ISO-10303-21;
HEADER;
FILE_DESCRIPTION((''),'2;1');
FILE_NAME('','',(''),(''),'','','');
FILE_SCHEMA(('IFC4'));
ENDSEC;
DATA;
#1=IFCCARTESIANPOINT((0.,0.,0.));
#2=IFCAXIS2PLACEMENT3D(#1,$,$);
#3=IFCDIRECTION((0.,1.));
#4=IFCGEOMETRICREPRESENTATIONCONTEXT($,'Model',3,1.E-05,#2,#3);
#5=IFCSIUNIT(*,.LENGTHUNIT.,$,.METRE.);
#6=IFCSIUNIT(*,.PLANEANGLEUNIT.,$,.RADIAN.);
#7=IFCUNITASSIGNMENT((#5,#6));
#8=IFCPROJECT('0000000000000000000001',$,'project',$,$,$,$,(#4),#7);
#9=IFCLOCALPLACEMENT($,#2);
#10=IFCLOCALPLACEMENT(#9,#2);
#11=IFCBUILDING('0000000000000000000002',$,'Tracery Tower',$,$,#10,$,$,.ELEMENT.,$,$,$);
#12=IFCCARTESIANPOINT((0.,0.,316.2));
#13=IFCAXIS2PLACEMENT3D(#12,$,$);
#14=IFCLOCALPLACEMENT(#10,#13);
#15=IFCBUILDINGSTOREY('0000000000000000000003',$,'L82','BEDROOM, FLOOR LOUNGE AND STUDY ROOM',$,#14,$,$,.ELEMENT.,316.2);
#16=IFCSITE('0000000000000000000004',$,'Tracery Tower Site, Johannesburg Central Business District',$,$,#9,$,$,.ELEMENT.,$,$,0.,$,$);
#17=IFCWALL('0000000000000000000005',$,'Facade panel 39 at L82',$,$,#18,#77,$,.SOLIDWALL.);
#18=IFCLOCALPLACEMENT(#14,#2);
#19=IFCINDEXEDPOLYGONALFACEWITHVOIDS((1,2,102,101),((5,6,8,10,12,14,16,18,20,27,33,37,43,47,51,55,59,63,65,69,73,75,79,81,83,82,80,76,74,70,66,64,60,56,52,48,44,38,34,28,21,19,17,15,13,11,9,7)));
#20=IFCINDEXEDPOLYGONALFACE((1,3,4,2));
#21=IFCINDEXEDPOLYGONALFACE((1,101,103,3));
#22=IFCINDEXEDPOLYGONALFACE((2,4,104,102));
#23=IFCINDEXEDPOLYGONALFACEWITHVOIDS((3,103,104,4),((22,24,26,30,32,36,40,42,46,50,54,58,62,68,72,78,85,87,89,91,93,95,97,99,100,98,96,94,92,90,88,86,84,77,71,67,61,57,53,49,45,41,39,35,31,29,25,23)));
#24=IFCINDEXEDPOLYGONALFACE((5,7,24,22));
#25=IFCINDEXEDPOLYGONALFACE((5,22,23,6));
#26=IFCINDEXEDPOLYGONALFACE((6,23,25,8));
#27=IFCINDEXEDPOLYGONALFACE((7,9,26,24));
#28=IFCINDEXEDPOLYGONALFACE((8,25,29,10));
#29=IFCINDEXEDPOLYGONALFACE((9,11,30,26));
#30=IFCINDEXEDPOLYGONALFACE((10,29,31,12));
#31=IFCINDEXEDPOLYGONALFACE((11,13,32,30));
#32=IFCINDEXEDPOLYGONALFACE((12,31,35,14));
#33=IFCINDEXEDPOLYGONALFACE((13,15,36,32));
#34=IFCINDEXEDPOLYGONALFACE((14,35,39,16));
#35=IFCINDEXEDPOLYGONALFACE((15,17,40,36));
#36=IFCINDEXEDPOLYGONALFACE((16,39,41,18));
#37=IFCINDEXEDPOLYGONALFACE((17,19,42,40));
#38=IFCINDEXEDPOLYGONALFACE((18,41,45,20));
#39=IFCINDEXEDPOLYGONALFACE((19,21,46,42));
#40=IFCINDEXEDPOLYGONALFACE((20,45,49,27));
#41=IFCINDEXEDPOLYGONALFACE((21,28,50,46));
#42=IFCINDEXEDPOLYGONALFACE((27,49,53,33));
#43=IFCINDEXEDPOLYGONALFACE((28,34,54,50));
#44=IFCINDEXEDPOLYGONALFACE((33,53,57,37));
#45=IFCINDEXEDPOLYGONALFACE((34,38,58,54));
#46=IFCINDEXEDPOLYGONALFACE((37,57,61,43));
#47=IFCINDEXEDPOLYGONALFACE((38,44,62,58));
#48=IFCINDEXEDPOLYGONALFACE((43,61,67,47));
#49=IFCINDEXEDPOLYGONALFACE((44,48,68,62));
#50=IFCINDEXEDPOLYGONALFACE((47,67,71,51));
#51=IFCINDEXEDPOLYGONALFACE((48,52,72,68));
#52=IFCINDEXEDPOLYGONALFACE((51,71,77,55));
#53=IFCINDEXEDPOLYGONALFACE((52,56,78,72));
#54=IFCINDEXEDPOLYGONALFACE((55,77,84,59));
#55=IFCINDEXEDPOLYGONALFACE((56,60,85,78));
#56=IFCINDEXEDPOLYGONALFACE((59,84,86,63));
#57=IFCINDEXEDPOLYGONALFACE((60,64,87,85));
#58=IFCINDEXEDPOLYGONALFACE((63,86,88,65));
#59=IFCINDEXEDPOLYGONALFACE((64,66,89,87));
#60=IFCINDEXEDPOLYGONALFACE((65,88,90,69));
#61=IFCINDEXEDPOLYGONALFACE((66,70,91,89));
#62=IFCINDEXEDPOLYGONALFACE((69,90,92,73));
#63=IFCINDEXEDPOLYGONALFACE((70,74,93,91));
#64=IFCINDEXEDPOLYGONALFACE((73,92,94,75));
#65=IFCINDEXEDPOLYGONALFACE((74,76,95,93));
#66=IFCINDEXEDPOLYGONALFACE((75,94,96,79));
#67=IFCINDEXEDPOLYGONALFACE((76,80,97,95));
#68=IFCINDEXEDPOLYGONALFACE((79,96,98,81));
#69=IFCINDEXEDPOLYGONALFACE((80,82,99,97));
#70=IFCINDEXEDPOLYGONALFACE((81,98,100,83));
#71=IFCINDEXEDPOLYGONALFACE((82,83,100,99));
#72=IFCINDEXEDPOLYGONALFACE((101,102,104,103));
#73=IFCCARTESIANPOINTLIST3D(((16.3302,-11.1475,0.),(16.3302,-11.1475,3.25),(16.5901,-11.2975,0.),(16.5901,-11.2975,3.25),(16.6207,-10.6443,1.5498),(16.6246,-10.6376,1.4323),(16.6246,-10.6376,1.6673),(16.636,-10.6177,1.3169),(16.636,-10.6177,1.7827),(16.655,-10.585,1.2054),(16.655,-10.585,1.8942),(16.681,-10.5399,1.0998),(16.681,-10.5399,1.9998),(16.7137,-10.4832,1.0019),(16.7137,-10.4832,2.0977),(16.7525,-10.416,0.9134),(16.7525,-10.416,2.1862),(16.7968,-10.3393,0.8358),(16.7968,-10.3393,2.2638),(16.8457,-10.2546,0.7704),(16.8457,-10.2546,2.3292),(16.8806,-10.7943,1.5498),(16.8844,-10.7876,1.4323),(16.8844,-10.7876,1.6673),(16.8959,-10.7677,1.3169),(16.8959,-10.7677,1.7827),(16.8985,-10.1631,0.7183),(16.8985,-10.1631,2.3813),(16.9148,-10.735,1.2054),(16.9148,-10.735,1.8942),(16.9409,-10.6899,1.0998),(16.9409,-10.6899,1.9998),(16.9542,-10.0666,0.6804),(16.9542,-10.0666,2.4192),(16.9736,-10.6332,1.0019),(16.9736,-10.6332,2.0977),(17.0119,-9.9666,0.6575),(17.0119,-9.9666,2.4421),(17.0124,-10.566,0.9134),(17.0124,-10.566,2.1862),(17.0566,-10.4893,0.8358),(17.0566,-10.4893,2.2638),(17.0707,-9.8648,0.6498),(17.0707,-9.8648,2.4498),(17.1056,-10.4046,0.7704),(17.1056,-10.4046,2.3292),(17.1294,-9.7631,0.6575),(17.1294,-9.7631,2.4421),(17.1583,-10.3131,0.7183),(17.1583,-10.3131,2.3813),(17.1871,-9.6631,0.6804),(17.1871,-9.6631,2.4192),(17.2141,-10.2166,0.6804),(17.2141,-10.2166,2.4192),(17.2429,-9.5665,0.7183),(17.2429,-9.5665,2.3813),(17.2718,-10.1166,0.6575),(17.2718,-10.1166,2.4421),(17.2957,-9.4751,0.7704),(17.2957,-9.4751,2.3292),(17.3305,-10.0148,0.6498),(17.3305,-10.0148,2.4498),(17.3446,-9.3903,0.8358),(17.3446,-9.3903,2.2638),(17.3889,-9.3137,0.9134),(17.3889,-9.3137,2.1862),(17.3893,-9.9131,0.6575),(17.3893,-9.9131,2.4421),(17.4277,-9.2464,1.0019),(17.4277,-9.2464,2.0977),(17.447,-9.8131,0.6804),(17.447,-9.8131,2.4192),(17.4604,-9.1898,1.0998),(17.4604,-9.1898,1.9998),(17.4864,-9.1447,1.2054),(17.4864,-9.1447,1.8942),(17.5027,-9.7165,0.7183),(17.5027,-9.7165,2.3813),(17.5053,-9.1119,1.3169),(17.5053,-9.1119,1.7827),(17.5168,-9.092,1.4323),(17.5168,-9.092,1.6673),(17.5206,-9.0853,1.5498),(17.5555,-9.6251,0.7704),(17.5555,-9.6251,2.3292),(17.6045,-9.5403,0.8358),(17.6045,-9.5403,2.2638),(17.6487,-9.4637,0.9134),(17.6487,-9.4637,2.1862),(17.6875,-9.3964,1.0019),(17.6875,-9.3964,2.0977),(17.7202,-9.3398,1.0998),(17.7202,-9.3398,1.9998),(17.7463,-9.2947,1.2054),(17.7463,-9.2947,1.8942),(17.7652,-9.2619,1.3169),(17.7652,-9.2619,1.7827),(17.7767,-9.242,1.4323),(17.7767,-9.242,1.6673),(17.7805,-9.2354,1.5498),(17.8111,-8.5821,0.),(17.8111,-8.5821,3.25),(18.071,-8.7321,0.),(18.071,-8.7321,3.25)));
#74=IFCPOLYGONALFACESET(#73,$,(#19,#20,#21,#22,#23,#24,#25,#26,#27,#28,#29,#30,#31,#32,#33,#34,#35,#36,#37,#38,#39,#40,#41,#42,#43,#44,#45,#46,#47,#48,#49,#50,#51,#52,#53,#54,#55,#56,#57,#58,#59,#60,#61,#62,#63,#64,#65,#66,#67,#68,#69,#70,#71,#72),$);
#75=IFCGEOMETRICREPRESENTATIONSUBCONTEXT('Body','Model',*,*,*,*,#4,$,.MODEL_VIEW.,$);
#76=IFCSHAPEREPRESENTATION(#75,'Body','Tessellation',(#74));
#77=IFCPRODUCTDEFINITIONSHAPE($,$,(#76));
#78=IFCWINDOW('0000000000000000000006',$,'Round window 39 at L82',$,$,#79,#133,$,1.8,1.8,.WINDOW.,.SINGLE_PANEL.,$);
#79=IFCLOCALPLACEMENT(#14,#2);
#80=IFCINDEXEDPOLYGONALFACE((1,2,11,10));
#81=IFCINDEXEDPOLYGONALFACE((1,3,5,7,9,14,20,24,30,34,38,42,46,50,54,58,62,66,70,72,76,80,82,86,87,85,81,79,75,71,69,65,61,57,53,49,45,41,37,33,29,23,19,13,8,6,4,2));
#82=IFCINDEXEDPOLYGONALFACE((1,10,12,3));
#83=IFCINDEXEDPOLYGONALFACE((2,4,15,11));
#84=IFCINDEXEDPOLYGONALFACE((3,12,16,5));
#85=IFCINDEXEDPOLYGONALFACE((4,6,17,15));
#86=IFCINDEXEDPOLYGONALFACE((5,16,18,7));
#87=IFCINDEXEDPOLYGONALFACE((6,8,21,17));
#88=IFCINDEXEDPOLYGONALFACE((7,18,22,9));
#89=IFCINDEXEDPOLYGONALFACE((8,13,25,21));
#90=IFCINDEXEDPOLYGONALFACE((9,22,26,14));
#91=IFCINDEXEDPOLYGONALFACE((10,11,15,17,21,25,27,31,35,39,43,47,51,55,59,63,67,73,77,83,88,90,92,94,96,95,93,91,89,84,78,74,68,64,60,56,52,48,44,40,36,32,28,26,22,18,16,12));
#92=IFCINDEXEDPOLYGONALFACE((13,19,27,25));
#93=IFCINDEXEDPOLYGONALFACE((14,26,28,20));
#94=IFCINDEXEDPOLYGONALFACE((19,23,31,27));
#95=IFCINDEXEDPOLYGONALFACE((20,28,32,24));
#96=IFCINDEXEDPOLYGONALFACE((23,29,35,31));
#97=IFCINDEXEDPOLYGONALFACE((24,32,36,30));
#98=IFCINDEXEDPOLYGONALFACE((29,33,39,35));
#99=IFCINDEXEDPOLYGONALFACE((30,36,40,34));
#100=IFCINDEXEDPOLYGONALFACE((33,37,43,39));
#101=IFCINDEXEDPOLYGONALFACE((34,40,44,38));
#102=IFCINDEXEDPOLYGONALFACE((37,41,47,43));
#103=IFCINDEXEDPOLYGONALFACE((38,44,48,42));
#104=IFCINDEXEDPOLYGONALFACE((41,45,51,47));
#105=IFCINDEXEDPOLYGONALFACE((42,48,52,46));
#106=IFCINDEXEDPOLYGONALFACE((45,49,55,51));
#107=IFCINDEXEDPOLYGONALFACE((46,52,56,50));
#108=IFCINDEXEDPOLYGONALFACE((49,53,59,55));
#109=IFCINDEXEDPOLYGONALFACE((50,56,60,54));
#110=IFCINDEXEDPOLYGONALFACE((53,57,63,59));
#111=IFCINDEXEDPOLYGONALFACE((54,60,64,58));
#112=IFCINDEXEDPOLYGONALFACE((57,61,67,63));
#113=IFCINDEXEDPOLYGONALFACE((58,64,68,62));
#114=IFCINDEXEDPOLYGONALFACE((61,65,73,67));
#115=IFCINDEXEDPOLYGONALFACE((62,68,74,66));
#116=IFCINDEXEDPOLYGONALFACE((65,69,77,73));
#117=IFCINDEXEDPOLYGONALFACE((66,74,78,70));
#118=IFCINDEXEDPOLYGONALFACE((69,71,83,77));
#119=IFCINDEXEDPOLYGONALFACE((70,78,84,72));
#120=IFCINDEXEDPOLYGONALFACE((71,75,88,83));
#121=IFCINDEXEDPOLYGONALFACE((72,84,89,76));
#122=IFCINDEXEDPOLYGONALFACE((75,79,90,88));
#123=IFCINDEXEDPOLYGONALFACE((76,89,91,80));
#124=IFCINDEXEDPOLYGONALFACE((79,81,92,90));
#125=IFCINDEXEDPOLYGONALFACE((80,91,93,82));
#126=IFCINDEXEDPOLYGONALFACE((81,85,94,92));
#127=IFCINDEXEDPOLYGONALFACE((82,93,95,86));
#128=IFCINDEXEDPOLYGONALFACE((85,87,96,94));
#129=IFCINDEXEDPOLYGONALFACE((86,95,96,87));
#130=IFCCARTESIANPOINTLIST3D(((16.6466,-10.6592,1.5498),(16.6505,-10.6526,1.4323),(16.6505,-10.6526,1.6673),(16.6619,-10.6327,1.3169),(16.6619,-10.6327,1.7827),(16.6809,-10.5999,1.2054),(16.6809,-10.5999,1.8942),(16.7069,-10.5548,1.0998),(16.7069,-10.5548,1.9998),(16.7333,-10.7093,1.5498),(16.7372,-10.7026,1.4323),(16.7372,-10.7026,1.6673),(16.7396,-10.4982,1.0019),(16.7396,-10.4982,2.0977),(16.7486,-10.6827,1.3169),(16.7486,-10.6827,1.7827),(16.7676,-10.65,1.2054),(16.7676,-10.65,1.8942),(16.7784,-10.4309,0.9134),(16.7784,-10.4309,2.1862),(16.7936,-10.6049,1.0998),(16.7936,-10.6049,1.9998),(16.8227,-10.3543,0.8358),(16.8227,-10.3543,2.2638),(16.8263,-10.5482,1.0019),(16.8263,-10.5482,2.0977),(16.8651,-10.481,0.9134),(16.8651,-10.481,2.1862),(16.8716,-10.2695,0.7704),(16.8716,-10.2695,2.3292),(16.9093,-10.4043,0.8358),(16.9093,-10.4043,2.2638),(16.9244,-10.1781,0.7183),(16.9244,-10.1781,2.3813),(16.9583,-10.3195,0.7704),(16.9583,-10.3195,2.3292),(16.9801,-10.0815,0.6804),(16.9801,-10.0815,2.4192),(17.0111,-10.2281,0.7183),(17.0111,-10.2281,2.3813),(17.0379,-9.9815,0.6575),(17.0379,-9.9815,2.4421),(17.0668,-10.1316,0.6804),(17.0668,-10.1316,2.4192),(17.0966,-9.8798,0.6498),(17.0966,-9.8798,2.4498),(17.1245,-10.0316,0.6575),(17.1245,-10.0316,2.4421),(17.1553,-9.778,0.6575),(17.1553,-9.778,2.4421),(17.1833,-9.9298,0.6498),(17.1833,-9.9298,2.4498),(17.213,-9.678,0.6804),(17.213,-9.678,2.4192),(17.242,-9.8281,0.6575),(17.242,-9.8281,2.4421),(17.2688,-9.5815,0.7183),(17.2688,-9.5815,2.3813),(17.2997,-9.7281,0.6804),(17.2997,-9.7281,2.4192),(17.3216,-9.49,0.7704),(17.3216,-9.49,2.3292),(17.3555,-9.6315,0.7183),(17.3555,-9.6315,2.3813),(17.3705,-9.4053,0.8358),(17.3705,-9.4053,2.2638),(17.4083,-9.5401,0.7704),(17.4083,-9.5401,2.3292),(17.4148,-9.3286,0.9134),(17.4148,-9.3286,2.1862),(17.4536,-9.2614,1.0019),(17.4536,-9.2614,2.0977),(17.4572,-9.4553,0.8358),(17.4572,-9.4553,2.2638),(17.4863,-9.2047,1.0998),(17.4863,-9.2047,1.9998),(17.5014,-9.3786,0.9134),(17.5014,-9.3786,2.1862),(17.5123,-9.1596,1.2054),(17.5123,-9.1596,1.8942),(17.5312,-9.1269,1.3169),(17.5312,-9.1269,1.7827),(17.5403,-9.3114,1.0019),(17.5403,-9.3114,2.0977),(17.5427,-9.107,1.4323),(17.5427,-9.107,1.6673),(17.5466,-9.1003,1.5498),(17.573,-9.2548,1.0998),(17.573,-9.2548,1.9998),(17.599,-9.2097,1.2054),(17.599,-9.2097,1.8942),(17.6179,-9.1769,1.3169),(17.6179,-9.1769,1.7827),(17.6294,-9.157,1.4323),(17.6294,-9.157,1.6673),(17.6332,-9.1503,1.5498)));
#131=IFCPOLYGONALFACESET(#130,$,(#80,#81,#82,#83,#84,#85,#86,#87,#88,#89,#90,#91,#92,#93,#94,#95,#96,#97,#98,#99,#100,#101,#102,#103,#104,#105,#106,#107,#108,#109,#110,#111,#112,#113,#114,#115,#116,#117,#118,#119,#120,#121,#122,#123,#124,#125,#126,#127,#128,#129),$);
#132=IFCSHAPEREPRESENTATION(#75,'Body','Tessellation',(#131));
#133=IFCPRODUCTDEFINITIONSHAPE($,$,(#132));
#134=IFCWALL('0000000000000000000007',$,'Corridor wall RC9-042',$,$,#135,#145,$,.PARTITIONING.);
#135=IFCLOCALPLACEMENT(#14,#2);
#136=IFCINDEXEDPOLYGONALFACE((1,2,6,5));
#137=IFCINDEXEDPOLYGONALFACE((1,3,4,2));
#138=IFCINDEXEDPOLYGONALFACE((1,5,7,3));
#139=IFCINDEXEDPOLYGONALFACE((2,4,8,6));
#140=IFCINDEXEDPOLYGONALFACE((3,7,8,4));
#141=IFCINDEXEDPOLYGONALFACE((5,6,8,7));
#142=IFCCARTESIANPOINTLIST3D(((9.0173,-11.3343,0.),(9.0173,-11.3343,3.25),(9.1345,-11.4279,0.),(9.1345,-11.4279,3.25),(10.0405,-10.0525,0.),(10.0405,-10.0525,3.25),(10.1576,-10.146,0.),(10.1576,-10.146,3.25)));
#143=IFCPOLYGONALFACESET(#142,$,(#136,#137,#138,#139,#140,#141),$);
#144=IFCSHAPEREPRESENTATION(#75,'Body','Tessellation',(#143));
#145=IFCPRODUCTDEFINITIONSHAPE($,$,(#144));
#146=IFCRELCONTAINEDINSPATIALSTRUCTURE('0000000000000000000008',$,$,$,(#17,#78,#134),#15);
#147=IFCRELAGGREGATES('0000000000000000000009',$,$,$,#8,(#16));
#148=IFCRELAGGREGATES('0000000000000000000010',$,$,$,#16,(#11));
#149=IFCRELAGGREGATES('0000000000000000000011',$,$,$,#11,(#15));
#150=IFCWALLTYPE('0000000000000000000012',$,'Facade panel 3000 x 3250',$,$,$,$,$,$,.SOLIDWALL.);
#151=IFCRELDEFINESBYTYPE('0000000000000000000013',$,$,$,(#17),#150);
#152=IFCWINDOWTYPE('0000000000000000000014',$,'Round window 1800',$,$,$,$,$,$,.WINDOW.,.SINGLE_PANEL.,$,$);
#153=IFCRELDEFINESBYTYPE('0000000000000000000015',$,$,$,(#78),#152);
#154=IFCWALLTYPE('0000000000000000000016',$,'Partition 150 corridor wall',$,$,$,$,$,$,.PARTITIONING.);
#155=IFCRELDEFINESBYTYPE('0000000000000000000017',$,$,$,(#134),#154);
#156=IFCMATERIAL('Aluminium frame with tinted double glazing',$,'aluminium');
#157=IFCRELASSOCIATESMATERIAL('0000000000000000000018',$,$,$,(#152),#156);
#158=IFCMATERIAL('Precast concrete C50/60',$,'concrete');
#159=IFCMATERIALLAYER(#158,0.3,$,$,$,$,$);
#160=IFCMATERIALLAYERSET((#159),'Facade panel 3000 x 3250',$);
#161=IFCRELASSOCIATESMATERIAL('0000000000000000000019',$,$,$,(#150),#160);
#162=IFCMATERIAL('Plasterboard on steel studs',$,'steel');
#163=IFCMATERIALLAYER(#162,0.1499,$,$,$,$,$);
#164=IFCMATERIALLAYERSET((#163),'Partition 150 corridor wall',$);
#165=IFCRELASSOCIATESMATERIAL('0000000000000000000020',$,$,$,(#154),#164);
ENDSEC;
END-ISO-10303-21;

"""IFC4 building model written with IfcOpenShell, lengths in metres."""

from ifc_helpers import new_model, si_unit, direction, frame, frame_2d, origin, origin_2d, place, context, subcontext, project, spatial, rectangle, circle, extrude, material, layer, layer_set, type_object, element, fill, save


model = new_model("IFC4")

# Units and contexts
model_context = context("Model", 3, precision=1e-05, world=origin(), true_north=direction((0.0, 1.0)))
body_context = subcontext(model_context, "Body", "Model", "MODEL_VIEW")
ifc_project = project(units=[si_unit("LENGTHUNIT", "METRE"), si_unit("PLANEANGLEUNIT", "RADIAN")], contexts=[model_context])

# Site, building, storey
site_placement = place(None, origin())
site = spatial("IfcSite", under=ifc_project, at=site_placement, Name="Tracery Tower Site, Johannesburg Central Business District", CompositionType="ELEMENT", RefElevation=0.0)
building_placement = place(site_placement, origin())
building = spatial("IfcBuilding", under=site, at=building_placement, Name="Tracery Tower", CompositionType="ELEMENT")
storey_placement = place(building_placement, frame((0.0, 0.0, 316.2)))
storey = spatial("IfcBuildingStorey", under=building, at=storey_placement, Name="L82", Description="BEDROOM, FLOOR LOUNGE AND STUDY ROOM", CompositionType="ELEMENT", Elevation=316.2)

# Wall, opening, window
ifc_material_1 = material(Name="Aluminium frame with tinted double glazing", Category="aluminium")
window_type = type_object("IfcWindowType", Name="Round window 1800", PartitioningType="SINGLE_PANEL", PredefinedType="WINDOW", material=ifc_material_1)
ifc_material_2 = material(Name="Precast concrete C50/60", Category="concrete")
ifc_layer_1 = layer(ifc_material_2, 0.3)
ifc_layer_set_1 = layer_set([ifc_layer_1], Name="Facade panel 3000 x 3250")
wall_type_1 = type_object("IfcWallType", Name="Facade panel 3000 x 3250", PredefinedType="SOLIDWALL", material=ifc_layer_set_1)
wall_1_placement = place(storey_placement, frame((16.4602, -11.2224, 0.0), z_axis=(0.0, 0.0, 1.0), x_axis=(0.499951, 0.866054, 0.0)))
wall_1 = element("IfcWall", 1, at=wall_1_placement, inside=storey, type_object=wall_type_1, Name="Facade panel 39 at L82", PredefinedType="SOLIDWALL", context=body_context, shape_type="SweptSolid", body=[
    extrude(rectangle(XDim=2.9622, YDim=0.3, at=frame_2d((1.481, 0.0))), origin(), (0.0, 0.0, 1.0), 3.25),
])
opening_1_placement = place(wall_1_placement, frame((1.481, 0.0, 1.5498)))
opening_1 = element("IfcOpeningElement", 2, at=opening_1_placement, cuts=wall_1, PredefinedType="OPENING", context=body_context, shape_type="SweptSolid", body=[
    extrude(circle(Radius=0.9, at=origin_2d()), frame((0.0, 0.1599, 0.0), z_axis=(0.0, -1.0, 0.0), x_axis=(1.0, 0.0, 0.0)), (0.0, 0.0, 1.0), 0.3201),
])
window_1_placement = place(opening_1_placement, origin())
window_1 = element("IfcWindow", 3, at=window_1_placement, inside=storey, type_object=window_type, Name="Round window 39 at L82", OverallHeight=1.8, OverallWidth=1.8, PartitioningType="SINGLE_PANEL", PredefinedType="WINDOW", context=body_context, shape_type="SweptSolid", body=[
    extrude(circle(Radius=0.9, at=origin_2d()), frame((0.0, 0.1201, 0.0), z_axis=(0.0, -1.0, 0.0), x_axis=(1.0, 0.0, 0.0)), (0.0, 0.0, 1.0), 0.1001),
])
fill(opening_1, window_1)

# Wall
ifc_material_3 = material(Name="Plasterboard on steel studs", Category="steel")
ifc_layer_2 = layer(ifc_material_3, 0.1499)
ifc_layer_set_2 = layer_set([ifc_layer_2], Name="Partition 150 corridor wall")
wall_type_2 = type_object("IfcWallType", Name="Partition 150 corridor wall", PredefinedType="PARTITIONING", material=ifc_layer_set_2)
wall_2_placement = place(storey_placement, frame((9.0759, -11.3811, 0.0), z_axis=(0.0, 0.0, 1.0), x_axis=(0.623805, 0.78158, 0.0)))
element("IfcWall", 4, at=wall_2_placement, inside=storey, type_object=wall_type_2, Name="Corridor wall RC9-042", PredefinedType="PARTITIONING", context=body_context, shape_type="SweptSolid", body=[
    extrude(rectangle(XDim=1.6401, YDim=0.1499, at=frame_2d((0.8201, 0.0))), origin(), (0.0, 0.0, 1.0), 3.25),
])

save(model, "model.ifc")
